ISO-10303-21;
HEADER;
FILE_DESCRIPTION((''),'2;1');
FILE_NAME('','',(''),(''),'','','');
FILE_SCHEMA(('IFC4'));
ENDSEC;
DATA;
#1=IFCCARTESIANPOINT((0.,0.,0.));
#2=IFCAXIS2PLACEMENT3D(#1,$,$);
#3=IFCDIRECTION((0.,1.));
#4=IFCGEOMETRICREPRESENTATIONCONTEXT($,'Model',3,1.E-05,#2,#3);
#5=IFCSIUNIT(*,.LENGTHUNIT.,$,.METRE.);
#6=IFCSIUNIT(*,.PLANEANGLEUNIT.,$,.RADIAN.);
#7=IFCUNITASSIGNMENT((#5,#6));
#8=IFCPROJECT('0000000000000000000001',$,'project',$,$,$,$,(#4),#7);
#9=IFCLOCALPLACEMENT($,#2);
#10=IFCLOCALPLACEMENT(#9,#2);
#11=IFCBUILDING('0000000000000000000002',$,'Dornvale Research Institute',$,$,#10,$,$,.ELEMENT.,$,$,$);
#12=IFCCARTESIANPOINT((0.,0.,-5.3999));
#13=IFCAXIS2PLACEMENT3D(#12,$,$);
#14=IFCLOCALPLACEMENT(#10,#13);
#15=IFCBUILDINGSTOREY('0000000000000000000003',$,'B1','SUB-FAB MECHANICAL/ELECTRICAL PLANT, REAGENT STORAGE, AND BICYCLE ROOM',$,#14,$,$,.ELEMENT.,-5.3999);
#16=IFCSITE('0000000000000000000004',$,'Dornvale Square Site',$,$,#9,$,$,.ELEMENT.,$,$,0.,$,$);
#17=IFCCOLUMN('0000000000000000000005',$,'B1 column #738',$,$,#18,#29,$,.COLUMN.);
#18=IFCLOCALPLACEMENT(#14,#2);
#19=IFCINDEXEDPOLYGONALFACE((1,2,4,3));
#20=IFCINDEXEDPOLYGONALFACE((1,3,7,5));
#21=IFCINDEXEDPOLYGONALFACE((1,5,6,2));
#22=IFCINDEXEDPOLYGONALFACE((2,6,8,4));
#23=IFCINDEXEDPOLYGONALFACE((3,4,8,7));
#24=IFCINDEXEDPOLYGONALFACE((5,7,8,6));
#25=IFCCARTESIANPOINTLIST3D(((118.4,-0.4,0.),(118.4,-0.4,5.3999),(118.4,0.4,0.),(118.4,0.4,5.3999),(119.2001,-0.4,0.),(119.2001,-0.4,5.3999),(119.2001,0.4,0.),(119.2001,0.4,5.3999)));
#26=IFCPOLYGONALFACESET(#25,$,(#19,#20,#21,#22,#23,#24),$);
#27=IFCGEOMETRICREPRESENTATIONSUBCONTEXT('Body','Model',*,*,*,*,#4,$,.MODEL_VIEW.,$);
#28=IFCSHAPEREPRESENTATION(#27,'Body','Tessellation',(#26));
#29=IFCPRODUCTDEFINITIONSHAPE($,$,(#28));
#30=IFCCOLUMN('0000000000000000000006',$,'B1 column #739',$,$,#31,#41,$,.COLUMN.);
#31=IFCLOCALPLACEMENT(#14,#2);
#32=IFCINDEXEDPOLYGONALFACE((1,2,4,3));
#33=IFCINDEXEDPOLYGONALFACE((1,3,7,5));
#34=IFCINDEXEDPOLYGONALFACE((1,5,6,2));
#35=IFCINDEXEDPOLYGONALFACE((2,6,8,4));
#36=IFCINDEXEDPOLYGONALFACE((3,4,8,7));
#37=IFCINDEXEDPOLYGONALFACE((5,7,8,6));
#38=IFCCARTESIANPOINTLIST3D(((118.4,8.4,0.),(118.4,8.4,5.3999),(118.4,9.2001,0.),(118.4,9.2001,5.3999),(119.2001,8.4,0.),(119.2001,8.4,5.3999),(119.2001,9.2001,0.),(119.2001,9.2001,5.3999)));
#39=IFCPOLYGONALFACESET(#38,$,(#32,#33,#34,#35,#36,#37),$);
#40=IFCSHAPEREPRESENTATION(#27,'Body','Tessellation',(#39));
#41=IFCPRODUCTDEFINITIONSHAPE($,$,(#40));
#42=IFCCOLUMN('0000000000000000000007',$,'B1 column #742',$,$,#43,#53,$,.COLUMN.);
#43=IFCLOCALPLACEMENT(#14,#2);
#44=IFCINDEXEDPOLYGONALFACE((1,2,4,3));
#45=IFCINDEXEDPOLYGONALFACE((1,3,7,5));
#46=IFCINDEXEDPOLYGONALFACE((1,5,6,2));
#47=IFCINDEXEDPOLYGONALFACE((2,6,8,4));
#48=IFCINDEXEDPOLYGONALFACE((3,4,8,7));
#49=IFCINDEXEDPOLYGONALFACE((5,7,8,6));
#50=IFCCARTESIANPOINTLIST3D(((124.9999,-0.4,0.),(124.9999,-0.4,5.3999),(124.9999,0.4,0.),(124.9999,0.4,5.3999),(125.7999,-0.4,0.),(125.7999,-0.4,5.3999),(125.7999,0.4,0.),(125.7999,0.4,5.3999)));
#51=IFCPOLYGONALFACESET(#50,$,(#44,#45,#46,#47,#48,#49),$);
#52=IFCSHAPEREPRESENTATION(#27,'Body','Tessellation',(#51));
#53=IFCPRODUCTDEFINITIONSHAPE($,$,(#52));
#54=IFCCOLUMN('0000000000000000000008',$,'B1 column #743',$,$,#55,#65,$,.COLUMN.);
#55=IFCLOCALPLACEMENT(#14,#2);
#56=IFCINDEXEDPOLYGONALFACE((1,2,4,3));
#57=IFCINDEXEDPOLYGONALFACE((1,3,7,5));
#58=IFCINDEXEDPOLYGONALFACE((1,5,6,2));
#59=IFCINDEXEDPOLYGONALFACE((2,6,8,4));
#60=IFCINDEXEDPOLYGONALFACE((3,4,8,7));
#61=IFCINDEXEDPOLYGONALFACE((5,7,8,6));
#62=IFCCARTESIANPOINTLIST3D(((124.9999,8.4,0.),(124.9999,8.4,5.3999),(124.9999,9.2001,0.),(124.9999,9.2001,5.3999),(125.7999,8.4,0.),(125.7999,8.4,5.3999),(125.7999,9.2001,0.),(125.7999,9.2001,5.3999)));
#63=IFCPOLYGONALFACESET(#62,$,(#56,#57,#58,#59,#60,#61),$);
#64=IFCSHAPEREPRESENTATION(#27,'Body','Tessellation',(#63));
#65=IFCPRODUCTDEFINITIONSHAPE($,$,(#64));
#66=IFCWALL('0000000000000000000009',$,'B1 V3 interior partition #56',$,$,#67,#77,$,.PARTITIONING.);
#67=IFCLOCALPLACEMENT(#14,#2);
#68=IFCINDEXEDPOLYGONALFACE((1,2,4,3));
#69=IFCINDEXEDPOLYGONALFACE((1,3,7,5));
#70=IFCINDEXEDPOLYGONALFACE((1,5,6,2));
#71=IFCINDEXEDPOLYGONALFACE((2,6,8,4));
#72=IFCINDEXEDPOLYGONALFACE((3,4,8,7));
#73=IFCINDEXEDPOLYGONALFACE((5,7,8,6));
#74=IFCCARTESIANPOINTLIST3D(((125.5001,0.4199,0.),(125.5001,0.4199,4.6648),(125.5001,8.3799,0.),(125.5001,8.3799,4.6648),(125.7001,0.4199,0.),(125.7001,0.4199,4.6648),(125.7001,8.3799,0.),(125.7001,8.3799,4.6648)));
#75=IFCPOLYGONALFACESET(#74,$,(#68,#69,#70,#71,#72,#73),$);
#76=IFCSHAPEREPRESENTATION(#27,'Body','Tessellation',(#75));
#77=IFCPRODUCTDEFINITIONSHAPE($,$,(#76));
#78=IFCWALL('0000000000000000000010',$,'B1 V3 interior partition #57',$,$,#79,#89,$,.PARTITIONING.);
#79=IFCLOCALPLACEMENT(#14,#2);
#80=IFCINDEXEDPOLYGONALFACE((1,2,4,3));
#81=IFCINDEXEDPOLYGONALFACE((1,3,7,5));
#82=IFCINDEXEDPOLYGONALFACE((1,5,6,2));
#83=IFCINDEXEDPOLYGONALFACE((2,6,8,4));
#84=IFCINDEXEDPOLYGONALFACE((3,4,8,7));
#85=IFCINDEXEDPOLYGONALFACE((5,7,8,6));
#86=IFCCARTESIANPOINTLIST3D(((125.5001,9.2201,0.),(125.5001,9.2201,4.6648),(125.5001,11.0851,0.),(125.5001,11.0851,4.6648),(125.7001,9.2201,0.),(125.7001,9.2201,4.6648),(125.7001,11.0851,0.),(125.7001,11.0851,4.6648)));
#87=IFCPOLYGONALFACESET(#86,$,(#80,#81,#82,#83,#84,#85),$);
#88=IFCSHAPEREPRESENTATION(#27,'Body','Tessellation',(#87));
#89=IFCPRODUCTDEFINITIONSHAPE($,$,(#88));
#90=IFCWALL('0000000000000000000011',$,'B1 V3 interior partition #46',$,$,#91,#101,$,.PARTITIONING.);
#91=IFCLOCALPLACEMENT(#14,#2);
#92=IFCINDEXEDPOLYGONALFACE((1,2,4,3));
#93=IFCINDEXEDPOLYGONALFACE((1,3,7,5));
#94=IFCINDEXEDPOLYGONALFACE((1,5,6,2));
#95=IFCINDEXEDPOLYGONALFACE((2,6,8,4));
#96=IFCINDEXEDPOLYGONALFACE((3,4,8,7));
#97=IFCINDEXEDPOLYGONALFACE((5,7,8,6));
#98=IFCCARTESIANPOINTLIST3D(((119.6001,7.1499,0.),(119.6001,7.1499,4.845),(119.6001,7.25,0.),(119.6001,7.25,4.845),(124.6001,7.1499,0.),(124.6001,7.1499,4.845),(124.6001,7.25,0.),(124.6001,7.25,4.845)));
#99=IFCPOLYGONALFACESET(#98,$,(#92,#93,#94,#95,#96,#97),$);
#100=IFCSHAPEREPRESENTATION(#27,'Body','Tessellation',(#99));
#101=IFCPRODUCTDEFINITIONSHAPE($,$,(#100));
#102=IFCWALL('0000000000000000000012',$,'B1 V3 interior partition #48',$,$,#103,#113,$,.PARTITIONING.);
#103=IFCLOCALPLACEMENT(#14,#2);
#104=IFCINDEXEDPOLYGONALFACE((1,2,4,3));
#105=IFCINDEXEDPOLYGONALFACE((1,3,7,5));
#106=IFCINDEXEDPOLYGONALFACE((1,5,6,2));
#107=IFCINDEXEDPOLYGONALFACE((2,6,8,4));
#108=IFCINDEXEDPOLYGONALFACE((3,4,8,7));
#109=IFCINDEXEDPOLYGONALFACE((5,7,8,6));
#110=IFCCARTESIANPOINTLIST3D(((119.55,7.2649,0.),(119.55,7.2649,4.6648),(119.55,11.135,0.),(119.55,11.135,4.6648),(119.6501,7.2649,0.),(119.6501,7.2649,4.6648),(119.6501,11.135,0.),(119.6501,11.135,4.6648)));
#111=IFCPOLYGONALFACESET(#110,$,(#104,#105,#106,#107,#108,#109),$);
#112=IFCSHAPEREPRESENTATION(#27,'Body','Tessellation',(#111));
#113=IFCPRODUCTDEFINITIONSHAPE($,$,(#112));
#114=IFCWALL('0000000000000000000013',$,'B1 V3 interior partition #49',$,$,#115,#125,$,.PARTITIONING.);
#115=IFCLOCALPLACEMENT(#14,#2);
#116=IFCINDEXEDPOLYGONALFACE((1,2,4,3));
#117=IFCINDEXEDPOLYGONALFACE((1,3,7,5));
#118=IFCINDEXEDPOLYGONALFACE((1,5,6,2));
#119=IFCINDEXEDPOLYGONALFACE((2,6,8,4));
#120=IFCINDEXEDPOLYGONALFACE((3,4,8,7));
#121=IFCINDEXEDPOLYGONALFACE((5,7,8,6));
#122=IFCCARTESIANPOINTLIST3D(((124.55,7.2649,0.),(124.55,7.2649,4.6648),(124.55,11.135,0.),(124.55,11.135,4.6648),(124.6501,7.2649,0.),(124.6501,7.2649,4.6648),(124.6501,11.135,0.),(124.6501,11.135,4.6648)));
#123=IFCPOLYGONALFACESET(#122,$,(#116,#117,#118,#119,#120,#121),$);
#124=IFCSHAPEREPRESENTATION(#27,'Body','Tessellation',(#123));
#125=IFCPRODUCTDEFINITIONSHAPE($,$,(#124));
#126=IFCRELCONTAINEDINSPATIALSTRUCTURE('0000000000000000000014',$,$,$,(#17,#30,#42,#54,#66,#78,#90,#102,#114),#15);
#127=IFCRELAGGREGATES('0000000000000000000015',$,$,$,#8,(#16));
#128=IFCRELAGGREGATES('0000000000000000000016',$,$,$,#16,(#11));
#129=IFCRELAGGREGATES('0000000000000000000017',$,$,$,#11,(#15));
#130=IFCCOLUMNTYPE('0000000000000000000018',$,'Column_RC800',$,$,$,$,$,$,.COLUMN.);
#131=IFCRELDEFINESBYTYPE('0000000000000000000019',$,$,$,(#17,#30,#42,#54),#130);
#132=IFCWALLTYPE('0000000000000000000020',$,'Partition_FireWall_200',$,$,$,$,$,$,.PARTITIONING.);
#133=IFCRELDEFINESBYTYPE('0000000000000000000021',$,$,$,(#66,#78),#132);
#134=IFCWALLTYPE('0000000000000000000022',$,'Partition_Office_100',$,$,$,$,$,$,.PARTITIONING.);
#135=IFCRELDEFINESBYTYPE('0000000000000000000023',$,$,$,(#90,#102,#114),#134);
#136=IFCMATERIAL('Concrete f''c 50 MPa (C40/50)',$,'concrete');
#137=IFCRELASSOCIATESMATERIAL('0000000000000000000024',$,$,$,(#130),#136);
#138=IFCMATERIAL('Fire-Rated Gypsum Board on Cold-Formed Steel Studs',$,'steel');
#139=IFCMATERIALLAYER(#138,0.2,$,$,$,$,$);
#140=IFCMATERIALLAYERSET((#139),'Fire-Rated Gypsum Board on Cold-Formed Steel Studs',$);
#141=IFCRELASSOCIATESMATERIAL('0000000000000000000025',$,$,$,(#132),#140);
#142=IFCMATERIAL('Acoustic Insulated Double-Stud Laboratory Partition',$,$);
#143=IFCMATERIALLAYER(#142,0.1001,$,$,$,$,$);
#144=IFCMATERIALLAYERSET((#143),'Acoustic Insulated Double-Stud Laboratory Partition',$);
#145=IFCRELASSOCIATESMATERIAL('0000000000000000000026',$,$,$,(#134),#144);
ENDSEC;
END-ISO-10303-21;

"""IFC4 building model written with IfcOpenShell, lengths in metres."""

from ifc_helpers import new_model, si_unit, direction, frame, frame_2d, origin, origin_2d, place, context, subcontext, project, spatial, rectangle, extrude, material, layer, layer_set, material_profile, profile_set, type_object, element, save


model = new_model("IFC4")

# Units and contexts
model_context = context("Model", 3, precision=1e-05, world=origin(), true_north=direction((0.0, 1.0)))
body_context = subcontext(model_context, "Body", "Model", "MODEL_VIEW")
ifc_project = project(units=[si_unit("LENGTHUNIT", "METRE"), si_unit("PLANEANGLEUNIT", "RADIAN")], contexts=[model_context])

# Site, building, storey
site_placement = place(None, origin())
site = spatial("IfcSite", under=ifc_project, at=site_placement, Name="Dornvale Square Site", CompositionType="ELEMENT", RefElevation=0.0)
building_placement = place(site_placement, origin())
building = spatial("IfcBuilding", under=site, at=building_placement, Name="Dornvale Research Institute", CompositionType="ELEMENT")
storey_placement = place(building_placement, frame((0.0, 0.0, -5.3999)))
storey = spatial("IfcBuildingStorey", under=building, at=storey_placement, Name="B1", Description="SUB-FAB MECHANICAL/ELECTRICAL PLANT, REAGENT STORAGE, AND BICYCLE ROOM", CompositionType="ELEMENT", Elevation=-5.3999)

# Columns
ifc_material_1 = material(Name="Concrete f'c 50 MPa (C40/50)", Category="concrete")
ifc_material_profile_1 = material_profile(ifc_material_1, rectangle(XDim=0.8, YDim=0.8, at=origin_2d()), Name="RC 800x800")
ifc_profile_set_1 = profile_set([ifc_material_profile_1], Name="Concrete f'c 50 MPa (C40/50)")
column_type = type_object("IfcColumnType", Name="Column_RC800", PredefinedType="COLUMN", material=ifc_profile_set_1)
for number, where, z_axis, x_axis, name in (
    (1, (118.8, 0.0, 0.0), (0.0, 0.0, 1.0), (1.0, 0.0, 0.0), "B1 column #738"),
    (2, (118.8, 8.8, 0.0), (0.0, 0.0, 1.0), (1.0, 0.0, 0.0), "B1 column #739"),
    (3, (125.3999, 0.0, 0.0), (0.0, 0.0, 1.0), (1.0, 0.0, 0.0), "B1 column #742"),
    (4, (125.3999, 8.8, 0.0), (0.0, 0.0, 1.0), (1.0, 0.0, 0.0), "B1 column #743"),
):
    element("IfcColumn", number, at=place(storey_placement, frame(where, z_axis=z_axis, x_axis=x_axis)), inside=storey, type_object=column_type, Name=name, PredefinedType="COLUMN", context=body_context, shape_type="SweptSolid", body=[
        extrude(rectangle(XDim=0.8, YDim=0.8, at=origin_2d()), origin(), (0.0, 0.0, 1.0), 5.3999),
    ])

# Walls
ifc_material_2 = material(Name="Fire-Rated Gypsum Board on Cold-Formed Steel Studs", Category="steel")
ifc_layer_1 = layer(ifc_material_2, 0.2)
ifc_layer_set_1 = layer_set([ifc_layer_1], Name="Fire-Rated Gypsum Board on Cold-Formed Steel Studs")
wall_type_1 = type_object("IfcWallType", Name="Partition_FireWall_200", PredefinedType="PARTITIONING", material=ifc_layer_set_1)
wall_1_placement = place(storey_placement, frame((125.6001, 0.4199, 0.0), z_axis=(0.0, 0.0, 1.0), x_axis=(0.0, 1.0, 0.0)))
element("IfcWall", 5, at=wall_1_placement, inside=storey, type_object=wall_type_1, Name="B1 V3 interior partition #56", PredefinedType="PARTITIONING", context=body_context, shape_type="SweptSolid", body=[
    extrude(rectangle(XDim=7.96, YDim=0.2, at=frame_2d((3.98, 0.0))), origin(), (0.0, 0.0, 1.0), 4.6648),
])
wall_2_placement = place(storey_placement, frame((125.6001, 9.22, 0.0), z_axis=(0.0, 0.0, 1.0), x_axis=(0.0, 1.0, 0.0)))
element("IfcWall", 6, at=wall_2_placement, inside=storey, type_object=wall_type_1, Name="B1 V3 interior partition #57", PredefinedType="PARTITIONING", context=body_context, shape_type="SweptSolid", body=[
    extrude(rectangle(XDim=1.865, YDim=0.2, at=frame_2d((0.9326, 0.0))), origin(), (0.0, 0.0, 1.0), 4.6648),
])
ifc_material_3 = material(Name="Acoustic Insulated Double-Stud Laboratory Partition")
ifc_layer_2 = layer(ifc_material_3, 0.1001)
ifc_layer_set_2 = layer_set([ifc_layer_2], Name="Acoustic Insulated Double-Stud Laboratory Partition")
wall_type_2 = type_object("IfcWallType", Name="Partition_Office_100", PredefinedType="PARTITIONING", material=ifc_layer_set_2)
wall_3_placement = place(storey_placement, frame((119.6001, 7.2, 0.0), z_axis=(0.0, 0.0, 1.0), x_axis=(1.0, 0.0, 0.0)))
element("IfcWall", 7, at=wall_3_placement, inside=storey, type_object=wall_type_2, Name="B1 V3 interior partition #46", PredefinedType="PARTITIONING", context=body_context, shape_type="SweptSolid", body=[
    extrude(rectangle(XDim=5.0, YDim=0.1001, at=frame_2d((2.5, 0.0))), origin(), (0.0, 0.0, 1.0), 4.845),
])
for number, where, z_axis, x_axis, name in (
    (8, (119.6001, 7.2649, 0.0), (0.0, 0.0, 1.0), (0.0, 1.0, 0.0), "B1 V3 interior partition #48"),
    (9, (124.6001, 7.2649, 0.0), (0.0, 0.0, 1.0), (0.0, 1.0, 0.0), "B1 V3 interior partition #49"),
):
    element("IfcWall", number, at=place(storey_placement, frame(where, z_axis=z_axis, x_axis=x_axis)), inside=storey, type_object=wall_type_2, Name=name, PredefinedType="PARTITIONING", context=body_context, shape_type="SweptSolid", body=[
        extrude(rectangle(XDim=3.8701, YDim=0.1001, at=frame_2d((1.9351, 0.0))), origin(), (0.0, 0.0, 1.0), 4.6648),
    ])

save(model, "model.ifc")
